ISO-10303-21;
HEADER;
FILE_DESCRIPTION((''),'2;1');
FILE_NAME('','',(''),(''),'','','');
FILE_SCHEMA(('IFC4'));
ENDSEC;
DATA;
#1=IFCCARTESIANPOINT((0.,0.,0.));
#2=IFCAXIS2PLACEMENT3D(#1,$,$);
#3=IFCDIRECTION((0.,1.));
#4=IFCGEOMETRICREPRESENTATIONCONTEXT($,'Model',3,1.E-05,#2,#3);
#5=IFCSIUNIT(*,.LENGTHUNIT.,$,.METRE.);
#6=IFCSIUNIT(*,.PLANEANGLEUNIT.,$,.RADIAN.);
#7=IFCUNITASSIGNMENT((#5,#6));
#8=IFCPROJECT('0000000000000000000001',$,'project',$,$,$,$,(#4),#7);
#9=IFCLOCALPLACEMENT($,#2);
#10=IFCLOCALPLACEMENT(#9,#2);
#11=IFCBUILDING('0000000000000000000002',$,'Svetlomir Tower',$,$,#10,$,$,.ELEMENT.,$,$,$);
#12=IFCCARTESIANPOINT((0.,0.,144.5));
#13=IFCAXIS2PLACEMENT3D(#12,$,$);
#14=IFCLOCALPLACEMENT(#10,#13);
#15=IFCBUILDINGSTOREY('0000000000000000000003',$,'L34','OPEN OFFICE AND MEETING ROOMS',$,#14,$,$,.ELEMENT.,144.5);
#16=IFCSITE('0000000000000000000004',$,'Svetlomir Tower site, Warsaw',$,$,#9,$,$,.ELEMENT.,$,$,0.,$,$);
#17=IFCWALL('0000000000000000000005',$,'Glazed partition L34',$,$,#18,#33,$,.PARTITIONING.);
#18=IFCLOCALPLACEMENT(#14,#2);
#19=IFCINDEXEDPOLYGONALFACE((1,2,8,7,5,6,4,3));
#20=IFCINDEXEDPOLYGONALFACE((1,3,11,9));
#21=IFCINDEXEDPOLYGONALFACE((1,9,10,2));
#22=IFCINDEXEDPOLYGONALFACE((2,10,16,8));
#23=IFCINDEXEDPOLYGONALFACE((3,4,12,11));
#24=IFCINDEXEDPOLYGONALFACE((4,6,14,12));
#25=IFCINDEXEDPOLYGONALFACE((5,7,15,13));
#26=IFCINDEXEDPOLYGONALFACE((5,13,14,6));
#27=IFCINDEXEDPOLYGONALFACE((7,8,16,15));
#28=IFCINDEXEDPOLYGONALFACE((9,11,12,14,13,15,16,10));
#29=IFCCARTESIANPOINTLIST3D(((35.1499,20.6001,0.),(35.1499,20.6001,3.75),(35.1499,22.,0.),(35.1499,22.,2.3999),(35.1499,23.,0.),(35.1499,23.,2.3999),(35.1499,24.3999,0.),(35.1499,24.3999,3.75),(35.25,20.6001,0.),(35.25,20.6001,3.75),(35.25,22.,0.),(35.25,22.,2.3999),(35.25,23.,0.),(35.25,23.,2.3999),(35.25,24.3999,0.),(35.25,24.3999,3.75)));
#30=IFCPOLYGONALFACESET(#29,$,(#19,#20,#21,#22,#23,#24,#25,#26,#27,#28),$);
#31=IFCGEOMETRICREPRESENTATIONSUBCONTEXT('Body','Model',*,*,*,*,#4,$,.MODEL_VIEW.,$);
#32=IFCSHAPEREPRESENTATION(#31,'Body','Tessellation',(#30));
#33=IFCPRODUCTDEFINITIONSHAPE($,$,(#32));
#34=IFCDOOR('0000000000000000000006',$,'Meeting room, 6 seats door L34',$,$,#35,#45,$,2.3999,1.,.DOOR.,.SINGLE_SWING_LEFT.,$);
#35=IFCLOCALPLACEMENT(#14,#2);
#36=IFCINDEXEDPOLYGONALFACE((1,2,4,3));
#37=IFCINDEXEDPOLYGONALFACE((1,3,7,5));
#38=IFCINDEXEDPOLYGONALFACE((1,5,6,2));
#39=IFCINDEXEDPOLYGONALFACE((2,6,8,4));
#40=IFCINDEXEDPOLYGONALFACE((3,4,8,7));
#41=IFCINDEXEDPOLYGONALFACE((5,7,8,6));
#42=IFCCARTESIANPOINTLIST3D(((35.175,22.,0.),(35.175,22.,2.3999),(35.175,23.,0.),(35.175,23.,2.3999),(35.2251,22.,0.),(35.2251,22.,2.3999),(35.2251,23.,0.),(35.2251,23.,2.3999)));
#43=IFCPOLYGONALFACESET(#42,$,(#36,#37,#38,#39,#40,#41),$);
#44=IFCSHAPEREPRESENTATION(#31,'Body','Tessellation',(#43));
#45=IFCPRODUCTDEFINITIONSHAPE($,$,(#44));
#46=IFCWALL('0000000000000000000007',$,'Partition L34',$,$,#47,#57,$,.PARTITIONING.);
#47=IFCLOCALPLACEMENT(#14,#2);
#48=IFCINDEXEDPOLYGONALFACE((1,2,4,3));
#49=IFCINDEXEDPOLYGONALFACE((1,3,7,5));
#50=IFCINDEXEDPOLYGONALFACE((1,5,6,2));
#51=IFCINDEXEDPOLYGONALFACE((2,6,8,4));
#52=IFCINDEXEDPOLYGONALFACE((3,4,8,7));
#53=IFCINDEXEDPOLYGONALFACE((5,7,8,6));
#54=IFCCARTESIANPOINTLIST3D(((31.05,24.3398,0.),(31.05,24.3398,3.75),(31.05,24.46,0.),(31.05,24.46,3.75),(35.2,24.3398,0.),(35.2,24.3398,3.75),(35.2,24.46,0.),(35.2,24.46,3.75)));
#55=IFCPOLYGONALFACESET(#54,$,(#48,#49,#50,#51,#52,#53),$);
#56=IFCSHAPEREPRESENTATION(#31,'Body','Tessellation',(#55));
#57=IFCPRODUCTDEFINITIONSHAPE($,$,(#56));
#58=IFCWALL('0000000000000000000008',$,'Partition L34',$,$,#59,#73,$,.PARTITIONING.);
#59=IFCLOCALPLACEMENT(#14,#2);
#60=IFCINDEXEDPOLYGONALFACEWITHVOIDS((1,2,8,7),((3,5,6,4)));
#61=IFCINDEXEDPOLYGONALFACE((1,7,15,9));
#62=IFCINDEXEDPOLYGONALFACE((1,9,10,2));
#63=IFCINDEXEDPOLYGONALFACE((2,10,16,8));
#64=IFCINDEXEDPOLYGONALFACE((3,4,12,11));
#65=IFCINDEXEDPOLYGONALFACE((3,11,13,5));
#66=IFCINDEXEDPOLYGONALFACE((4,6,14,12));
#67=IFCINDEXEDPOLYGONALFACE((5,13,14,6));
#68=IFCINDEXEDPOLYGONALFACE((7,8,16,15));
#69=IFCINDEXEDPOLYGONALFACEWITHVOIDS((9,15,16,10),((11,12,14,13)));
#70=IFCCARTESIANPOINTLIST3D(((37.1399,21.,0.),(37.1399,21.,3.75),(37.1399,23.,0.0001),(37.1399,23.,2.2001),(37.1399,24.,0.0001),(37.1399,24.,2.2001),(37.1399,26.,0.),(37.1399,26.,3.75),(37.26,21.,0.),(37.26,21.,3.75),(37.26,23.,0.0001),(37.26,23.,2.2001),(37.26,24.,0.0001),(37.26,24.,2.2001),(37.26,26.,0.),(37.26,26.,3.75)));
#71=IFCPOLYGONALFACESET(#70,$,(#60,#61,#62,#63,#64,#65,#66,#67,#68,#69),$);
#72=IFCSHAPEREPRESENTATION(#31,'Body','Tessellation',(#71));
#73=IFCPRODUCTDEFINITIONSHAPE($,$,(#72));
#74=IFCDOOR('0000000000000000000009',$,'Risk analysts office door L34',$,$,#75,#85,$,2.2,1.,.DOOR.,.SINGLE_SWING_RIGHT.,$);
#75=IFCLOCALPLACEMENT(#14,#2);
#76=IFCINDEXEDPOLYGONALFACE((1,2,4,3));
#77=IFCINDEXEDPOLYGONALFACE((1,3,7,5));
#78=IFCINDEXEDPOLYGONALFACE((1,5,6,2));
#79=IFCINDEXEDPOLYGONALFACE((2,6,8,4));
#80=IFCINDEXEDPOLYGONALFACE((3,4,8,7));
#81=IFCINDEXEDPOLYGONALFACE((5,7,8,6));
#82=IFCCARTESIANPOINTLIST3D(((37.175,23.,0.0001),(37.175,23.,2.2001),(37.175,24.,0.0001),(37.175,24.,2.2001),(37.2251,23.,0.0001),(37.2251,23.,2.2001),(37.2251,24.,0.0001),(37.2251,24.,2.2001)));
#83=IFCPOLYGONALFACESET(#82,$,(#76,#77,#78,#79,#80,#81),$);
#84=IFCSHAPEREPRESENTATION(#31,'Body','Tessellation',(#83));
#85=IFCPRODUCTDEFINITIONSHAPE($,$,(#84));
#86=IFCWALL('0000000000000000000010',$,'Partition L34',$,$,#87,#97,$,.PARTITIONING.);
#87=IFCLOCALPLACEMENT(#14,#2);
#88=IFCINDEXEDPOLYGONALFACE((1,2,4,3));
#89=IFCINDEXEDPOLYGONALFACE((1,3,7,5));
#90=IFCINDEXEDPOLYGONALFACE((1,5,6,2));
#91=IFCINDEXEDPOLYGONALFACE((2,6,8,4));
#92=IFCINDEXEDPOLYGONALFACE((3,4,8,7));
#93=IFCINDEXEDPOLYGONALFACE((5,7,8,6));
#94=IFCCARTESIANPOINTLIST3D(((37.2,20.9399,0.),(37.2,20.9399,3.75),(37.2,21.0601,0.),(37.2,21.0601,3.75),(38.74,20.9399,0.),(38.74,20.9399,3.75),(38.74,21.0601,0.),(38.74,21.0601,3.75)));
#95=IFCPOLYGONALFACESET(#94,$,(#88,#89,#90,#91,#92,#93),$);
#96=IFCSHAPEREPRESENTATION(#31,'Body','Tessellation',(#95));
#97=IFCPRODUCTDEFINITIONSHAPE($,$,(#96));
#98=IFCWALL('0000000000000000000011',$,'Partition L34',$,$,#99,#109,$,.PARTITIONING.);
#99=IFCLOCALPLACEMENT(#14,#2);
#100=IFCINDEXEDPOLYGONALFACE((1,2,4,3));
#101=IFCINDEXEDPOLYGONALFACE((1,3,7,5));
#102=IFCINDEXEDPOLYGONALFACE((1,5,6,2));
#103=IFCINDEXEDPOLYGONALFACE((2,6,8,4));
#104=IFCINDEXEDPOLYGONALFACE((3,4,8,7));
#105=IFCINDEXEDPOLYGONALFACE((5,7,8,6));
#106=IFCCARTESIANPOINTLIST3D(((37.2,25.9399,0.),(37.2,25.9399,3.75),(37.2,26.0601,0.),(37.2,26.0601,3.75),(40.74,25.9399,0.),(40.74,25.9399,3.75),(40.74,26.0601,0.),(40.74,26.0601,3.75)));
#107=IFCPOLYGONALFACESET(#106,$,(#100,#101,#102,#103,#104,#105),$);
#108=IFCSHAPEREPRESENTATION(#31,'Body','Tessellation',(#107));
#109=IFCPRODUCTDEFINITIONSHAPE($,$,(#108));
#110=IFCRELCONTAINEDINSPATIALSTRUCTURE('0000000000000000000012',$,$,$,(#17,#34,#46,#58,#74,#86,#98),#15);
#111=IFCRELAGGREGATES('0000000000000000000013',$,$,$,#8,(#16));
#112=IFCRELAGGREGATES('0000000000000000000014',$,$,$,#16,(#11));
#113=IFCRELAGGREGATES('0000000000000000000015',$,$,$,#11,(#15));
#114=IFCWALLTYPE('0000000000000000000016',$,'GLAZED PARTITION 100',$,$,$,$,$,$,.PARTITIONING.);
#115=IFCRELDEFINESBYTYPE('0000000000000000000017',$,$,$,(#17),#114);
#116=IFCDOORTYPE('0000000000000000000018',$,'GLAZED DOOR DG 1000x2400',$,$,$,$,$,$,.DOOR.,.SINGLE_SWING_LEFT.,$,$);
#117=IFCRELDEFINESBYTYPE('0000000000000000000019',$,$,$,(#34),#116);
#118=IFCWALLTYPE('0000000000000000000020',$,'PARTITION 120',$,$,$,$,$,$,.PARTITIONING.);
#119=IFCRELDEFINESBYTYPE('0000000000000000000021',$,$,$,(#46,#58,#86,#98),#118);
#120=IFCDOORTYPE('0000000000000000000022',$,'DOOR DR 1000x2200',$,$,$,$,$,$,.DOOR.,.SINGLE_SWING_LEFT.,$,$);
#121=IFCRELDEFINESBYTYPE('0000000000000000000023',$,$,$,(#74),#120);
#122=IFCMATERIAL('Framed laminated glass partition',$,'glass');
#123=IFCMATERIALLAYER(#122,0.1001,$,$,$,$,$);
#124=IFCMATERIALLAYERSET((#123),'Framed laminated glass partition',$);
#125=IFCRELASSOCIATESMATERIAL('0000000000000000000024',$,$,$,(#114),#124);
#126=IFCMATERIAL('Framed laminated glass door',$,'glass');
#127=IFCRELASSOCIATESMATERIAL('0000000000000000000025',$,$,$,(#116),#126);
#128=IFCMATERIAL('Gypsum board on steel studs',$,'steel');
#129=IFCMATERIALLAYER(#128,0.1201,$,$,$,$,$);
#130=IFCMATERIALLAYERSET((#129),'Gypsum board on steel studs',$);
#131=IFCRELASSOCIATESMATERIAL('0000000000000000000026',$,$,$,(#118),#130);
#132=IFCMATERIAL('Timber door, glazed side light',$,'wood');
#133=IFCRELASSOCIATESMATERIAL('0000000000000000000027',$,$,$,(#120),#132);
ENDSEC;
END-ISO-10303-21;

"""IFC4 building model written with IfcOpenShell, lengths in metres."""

from ifc_helpers import new_model, si_unit, direction, frame, frame_2d, origin, place, context, subcontext, project, spatial, rectangle, extrude, material, layer, layer_set, type_object, element, fill, save


model = new_model("IFC4")

# Units and contexts
model_context = context("Model", 3, precision=1e-05, world=origin(), true_north=direction((0.0, 1.0)))
body_context = subcontext(model_context, "Body", "Model", "MODEL_VIEW")
ifc_project = project(units=[si_unit("LENGTHUNIT", "METRE"), si_unit("PLANEANGLEUNIT", "RADIAN")], contexts=[model_context])

# Site, building, storey
site_placement = place(None, origin())
site = spatial("IfcSite", under=ifc_project, at=site_placement, Name="Svetlomir Tower site, Warsaw", CompositionType="ELEMENT", RefElevation=0.0)
building_placement = place(site_placement, origin())
building = spatial("IfcBuilding", under=site, at=building_placement, Name="Svetlomir Tower", CompositionType="ELEMENT")
storey_placement = place(building_placement, frame((0.0, 0.0, 144.5)))
storey = spatial("IfcBuildingStorey", under=building, at=storey_placement, Name="L34", Description="OPEN OFFICE AND MEETING ROOMS", CompositionType="ELEMENT", Elevation=144.5)

# Shared definitions
ifc_material_1 = material(Name="Framed laminated glass partition", Category="glass")
ifc_layer_1 = layer(ifc_material_1, 0.1001)
ifc_layer_set_1 = layer_set([ifc_layer_1], Name="Framed laminated glass partition")
wall_type_1 = type_object("IfcWallType", Name="GLAZED PARTITION 100", PredefinedType="PARTITIONING", material=ifc_layer_set_1)

# Wall, opening, door
wall_1_placement = place(storey_placement, frame((35.2, 20.6001, 0.0), z_axis=(0.0, 0.0, 1.0), x_axis=(0.0, 1.0, 0.0)))
wall_1 = element("IfcWall", 1, at=wall_1_placement, inside=storey, type_object=wall_type_1, Name="Glazed partition L34", PredefinedType="PARTITIONING", context=body_context, shape_type="SweptSolid", body=[
    extrude(rectangle(XDim=3.7998, YDim=0.1001, at=frame_2d((1.8999, 0.0))), origin(), (0.0, 0.0, 1.0), 3.75),
])
opening_1_placement = place(wall_1_placement, frame((1.3999, 0.0, 0.0)))
opening_1 = element("IfcOpeningElement", 2, at=opening_1_placement, cuts=wall_1, PredefinedType="OPENING", context=body_context, shape_type="SweptSolid", body=[
    extrude(rectangle(XDim=1.0, YDim=2.3999, at=frame_2d((0.5, 1.2))), frame((0.0, 0.0601, 0.0), z_axis=(0.0, -1.0, 0.0), x_axis=(1.0, 0.0, 0.0)), (0.0, 0.0, 1.0), 0.1201),
])
ifc_material_2 = material(Name="Framed laminated glass door", Category="glass")
door_type_1 = type_object("IfcDoorType", Name="GLAZED DOOR DG 1000x2400", OperationType="SINGLE_SWING_LEFT", PredefinedType="DOOR", material=ifc_material_2)
door_1_placement = place(opening_1_placement, origin())
door_1 = element("IfcDoor", 3, at=door_1_placement, inside=storey, type_object=door_type_1, Name="Meeting room, 6 seats door L34", OperationType="SINGLE_SWING_LEFT", OverallHeight=2.3999, OverallWidth=1.0, PredefinedType="DOOR", context=body_context, shape_type="SweptSolid", body=[
    extrude(rectangle(XDim=1.0, YDim=2.3999, at=frame_2d((0.5, 1.2))), frame((0.0, 0.0249, 0.0), z_axis=(0.0, -1.0, 0.0), x_axis=(1.0, 0.0, 0.0)), (0.0, 0.0, 1.0), 0.05),
])
fill(opening_1, door_1)

# Wall
ifc_material_3 = material(Name="Gypsum board on steel studs", Category="steel")
ifc_layer_2 = layer(ifc_material_3, 0.1201)
ifc_layer_set_2 = layer_set([ifc_layer_2], Name="Gypsum board on steel studs")
wall_type_2 = type_object("IfcWallType", Name="PARTITION 120", PredefinedType="PARTITIONING", material=ifc_layer_set_2)
wall_2_placement = place(storey_placement, frame((31.05, 24.3999, 0.0), z_axis=(0.0, 0.0, 1.0), x_axis=(1.0, 0.0, 0.0)))
element("IfcWall", 4, at=wall_2_placement, inside=storey, type_object=wall_type_2, Name="Partition L34", PredefinedType="PARTITIONING", context=body_context, shape_type="SweptSolid", body=[
    extrude(rectangle(XDim=4.1499, YDim=0.1201, at=frame_2d((2.075, 0.0))), origin(), (0.0, 0.0, 1.0), 3.75),
])

# Wall, opening, door
wall_3_placement = place(storey_placement, frame((37.2, 21.0, 0.0), z_axis=(0.0, 0.0, 1.0), x_axis=(0.0, 1.0, 0.0)))
wall_3 = element("IfcWall", 5, at=wall_3_placement, inside=storey, type_object=wall_type_2, Name="Partition L34", PredefinedType="PARTITIONING", context=body_context, shape_type="SweptSolid", body=[
    extrude(rectangle(XDim=5.0, YDim=0.1201, at=frame_2d((2.5, 0.0))), origin(), (0.0, 0.0, 1.0), 3.75),
])
opening_2_placement = place(wall_3_placement, frame((2.0, 0.0, 0.0)))
opening_2 = element("IfcOpeningElement", 6, at=opening_2_placement, cuts=wall_3, PredefinedType="OPENING", context=body_context, shape_type="SweptSolid", body=[
    extrude(rectangle(XDim=1.0, YDim=2.2, at=frame_2d((0.5, 1.1001))), frame((0.0, 0.0701, 0.0), z_axis=(0.0, -1.0, 0.0), x_axis=(1.0, 0.0, 0.0)), (0.0, 0.0, 1.0), 0.1401),
])
ifc_material_4 = material(Name="Timber door, glazed side light", Category="wood")
door_type_2 = type_object("IfcDoorType", Name="DOOR DR 1000x2200", OperationType="SINGLE_SWING_LEFT", PredefinedType="DOOR", material=ifc_material_4)
door_2_placement = place(opening_2_placement, origin())
door_2 = element("IfcDoor", 7, at=door_2_placement, inside=storey, type_object=door_type_2, Name="Risk analysts office door L34", OperationType="SINGLE_SWING_RIGHT", OverallHeight=2.2, OverallWidth=1.0, PredefinedType="DOOR", context=body_context, shape_type="SweptSolid", body=[
    extrude(rectangle(XDim=1.0, YDim=2.2, at=frame_2d((0.5, 1.1001))), frame((0.0, 0.0249, 0.0), z_axis=(0.0, -1.0, 0.0), x_axis=(1.0, 0.0, 0.0)), (0.0, 0.0, 1.0), 0.05),
])
fill(opening_2, door_2)

# Walls
wall_4_placement = place(storey_placement, frame((37.2, 21.0, 0.0), z_axis=(0.0, 0.0, 1.0), x_axis=(1.0, 0.0, 0.0)))
element("IfcWall", 8, at=wall_4_placement, inside=storey, type_object=wall_type_2, Name="Partition L34", PredefinedType="PARTITIONING", context=body_context, shape_type="SweptSolid", body=[
    extrude(rectangle(XDim=1.54, YDim=0.1201, at=frame_2d((0.77, 0.0))), origin(), (0.0, 0.0, 1.0), 3.75),
])
wall_5_placement = place(storey_placement, frame((37.2, 26.0, 0.0), z_axis=(0.0, 0.0, 1.0), x_axis=(1.0, 0.0, 0.0)))
element("IfcWall", 9, at=wall_5_placement, inside=storey, type_object=wall_type_2, Name="Partition L34", PredefinedType="PARTITIONING", context=body_context, shape_type="SweptSolid", body=[
    extrude(rectangle(XDim=3.54, YDim=0.1201, at=frame_2d((1.77, 0.0))), origin(), (0.0, 0.0, 1.0), 3.75),
])

save(model, "model.ifc")
